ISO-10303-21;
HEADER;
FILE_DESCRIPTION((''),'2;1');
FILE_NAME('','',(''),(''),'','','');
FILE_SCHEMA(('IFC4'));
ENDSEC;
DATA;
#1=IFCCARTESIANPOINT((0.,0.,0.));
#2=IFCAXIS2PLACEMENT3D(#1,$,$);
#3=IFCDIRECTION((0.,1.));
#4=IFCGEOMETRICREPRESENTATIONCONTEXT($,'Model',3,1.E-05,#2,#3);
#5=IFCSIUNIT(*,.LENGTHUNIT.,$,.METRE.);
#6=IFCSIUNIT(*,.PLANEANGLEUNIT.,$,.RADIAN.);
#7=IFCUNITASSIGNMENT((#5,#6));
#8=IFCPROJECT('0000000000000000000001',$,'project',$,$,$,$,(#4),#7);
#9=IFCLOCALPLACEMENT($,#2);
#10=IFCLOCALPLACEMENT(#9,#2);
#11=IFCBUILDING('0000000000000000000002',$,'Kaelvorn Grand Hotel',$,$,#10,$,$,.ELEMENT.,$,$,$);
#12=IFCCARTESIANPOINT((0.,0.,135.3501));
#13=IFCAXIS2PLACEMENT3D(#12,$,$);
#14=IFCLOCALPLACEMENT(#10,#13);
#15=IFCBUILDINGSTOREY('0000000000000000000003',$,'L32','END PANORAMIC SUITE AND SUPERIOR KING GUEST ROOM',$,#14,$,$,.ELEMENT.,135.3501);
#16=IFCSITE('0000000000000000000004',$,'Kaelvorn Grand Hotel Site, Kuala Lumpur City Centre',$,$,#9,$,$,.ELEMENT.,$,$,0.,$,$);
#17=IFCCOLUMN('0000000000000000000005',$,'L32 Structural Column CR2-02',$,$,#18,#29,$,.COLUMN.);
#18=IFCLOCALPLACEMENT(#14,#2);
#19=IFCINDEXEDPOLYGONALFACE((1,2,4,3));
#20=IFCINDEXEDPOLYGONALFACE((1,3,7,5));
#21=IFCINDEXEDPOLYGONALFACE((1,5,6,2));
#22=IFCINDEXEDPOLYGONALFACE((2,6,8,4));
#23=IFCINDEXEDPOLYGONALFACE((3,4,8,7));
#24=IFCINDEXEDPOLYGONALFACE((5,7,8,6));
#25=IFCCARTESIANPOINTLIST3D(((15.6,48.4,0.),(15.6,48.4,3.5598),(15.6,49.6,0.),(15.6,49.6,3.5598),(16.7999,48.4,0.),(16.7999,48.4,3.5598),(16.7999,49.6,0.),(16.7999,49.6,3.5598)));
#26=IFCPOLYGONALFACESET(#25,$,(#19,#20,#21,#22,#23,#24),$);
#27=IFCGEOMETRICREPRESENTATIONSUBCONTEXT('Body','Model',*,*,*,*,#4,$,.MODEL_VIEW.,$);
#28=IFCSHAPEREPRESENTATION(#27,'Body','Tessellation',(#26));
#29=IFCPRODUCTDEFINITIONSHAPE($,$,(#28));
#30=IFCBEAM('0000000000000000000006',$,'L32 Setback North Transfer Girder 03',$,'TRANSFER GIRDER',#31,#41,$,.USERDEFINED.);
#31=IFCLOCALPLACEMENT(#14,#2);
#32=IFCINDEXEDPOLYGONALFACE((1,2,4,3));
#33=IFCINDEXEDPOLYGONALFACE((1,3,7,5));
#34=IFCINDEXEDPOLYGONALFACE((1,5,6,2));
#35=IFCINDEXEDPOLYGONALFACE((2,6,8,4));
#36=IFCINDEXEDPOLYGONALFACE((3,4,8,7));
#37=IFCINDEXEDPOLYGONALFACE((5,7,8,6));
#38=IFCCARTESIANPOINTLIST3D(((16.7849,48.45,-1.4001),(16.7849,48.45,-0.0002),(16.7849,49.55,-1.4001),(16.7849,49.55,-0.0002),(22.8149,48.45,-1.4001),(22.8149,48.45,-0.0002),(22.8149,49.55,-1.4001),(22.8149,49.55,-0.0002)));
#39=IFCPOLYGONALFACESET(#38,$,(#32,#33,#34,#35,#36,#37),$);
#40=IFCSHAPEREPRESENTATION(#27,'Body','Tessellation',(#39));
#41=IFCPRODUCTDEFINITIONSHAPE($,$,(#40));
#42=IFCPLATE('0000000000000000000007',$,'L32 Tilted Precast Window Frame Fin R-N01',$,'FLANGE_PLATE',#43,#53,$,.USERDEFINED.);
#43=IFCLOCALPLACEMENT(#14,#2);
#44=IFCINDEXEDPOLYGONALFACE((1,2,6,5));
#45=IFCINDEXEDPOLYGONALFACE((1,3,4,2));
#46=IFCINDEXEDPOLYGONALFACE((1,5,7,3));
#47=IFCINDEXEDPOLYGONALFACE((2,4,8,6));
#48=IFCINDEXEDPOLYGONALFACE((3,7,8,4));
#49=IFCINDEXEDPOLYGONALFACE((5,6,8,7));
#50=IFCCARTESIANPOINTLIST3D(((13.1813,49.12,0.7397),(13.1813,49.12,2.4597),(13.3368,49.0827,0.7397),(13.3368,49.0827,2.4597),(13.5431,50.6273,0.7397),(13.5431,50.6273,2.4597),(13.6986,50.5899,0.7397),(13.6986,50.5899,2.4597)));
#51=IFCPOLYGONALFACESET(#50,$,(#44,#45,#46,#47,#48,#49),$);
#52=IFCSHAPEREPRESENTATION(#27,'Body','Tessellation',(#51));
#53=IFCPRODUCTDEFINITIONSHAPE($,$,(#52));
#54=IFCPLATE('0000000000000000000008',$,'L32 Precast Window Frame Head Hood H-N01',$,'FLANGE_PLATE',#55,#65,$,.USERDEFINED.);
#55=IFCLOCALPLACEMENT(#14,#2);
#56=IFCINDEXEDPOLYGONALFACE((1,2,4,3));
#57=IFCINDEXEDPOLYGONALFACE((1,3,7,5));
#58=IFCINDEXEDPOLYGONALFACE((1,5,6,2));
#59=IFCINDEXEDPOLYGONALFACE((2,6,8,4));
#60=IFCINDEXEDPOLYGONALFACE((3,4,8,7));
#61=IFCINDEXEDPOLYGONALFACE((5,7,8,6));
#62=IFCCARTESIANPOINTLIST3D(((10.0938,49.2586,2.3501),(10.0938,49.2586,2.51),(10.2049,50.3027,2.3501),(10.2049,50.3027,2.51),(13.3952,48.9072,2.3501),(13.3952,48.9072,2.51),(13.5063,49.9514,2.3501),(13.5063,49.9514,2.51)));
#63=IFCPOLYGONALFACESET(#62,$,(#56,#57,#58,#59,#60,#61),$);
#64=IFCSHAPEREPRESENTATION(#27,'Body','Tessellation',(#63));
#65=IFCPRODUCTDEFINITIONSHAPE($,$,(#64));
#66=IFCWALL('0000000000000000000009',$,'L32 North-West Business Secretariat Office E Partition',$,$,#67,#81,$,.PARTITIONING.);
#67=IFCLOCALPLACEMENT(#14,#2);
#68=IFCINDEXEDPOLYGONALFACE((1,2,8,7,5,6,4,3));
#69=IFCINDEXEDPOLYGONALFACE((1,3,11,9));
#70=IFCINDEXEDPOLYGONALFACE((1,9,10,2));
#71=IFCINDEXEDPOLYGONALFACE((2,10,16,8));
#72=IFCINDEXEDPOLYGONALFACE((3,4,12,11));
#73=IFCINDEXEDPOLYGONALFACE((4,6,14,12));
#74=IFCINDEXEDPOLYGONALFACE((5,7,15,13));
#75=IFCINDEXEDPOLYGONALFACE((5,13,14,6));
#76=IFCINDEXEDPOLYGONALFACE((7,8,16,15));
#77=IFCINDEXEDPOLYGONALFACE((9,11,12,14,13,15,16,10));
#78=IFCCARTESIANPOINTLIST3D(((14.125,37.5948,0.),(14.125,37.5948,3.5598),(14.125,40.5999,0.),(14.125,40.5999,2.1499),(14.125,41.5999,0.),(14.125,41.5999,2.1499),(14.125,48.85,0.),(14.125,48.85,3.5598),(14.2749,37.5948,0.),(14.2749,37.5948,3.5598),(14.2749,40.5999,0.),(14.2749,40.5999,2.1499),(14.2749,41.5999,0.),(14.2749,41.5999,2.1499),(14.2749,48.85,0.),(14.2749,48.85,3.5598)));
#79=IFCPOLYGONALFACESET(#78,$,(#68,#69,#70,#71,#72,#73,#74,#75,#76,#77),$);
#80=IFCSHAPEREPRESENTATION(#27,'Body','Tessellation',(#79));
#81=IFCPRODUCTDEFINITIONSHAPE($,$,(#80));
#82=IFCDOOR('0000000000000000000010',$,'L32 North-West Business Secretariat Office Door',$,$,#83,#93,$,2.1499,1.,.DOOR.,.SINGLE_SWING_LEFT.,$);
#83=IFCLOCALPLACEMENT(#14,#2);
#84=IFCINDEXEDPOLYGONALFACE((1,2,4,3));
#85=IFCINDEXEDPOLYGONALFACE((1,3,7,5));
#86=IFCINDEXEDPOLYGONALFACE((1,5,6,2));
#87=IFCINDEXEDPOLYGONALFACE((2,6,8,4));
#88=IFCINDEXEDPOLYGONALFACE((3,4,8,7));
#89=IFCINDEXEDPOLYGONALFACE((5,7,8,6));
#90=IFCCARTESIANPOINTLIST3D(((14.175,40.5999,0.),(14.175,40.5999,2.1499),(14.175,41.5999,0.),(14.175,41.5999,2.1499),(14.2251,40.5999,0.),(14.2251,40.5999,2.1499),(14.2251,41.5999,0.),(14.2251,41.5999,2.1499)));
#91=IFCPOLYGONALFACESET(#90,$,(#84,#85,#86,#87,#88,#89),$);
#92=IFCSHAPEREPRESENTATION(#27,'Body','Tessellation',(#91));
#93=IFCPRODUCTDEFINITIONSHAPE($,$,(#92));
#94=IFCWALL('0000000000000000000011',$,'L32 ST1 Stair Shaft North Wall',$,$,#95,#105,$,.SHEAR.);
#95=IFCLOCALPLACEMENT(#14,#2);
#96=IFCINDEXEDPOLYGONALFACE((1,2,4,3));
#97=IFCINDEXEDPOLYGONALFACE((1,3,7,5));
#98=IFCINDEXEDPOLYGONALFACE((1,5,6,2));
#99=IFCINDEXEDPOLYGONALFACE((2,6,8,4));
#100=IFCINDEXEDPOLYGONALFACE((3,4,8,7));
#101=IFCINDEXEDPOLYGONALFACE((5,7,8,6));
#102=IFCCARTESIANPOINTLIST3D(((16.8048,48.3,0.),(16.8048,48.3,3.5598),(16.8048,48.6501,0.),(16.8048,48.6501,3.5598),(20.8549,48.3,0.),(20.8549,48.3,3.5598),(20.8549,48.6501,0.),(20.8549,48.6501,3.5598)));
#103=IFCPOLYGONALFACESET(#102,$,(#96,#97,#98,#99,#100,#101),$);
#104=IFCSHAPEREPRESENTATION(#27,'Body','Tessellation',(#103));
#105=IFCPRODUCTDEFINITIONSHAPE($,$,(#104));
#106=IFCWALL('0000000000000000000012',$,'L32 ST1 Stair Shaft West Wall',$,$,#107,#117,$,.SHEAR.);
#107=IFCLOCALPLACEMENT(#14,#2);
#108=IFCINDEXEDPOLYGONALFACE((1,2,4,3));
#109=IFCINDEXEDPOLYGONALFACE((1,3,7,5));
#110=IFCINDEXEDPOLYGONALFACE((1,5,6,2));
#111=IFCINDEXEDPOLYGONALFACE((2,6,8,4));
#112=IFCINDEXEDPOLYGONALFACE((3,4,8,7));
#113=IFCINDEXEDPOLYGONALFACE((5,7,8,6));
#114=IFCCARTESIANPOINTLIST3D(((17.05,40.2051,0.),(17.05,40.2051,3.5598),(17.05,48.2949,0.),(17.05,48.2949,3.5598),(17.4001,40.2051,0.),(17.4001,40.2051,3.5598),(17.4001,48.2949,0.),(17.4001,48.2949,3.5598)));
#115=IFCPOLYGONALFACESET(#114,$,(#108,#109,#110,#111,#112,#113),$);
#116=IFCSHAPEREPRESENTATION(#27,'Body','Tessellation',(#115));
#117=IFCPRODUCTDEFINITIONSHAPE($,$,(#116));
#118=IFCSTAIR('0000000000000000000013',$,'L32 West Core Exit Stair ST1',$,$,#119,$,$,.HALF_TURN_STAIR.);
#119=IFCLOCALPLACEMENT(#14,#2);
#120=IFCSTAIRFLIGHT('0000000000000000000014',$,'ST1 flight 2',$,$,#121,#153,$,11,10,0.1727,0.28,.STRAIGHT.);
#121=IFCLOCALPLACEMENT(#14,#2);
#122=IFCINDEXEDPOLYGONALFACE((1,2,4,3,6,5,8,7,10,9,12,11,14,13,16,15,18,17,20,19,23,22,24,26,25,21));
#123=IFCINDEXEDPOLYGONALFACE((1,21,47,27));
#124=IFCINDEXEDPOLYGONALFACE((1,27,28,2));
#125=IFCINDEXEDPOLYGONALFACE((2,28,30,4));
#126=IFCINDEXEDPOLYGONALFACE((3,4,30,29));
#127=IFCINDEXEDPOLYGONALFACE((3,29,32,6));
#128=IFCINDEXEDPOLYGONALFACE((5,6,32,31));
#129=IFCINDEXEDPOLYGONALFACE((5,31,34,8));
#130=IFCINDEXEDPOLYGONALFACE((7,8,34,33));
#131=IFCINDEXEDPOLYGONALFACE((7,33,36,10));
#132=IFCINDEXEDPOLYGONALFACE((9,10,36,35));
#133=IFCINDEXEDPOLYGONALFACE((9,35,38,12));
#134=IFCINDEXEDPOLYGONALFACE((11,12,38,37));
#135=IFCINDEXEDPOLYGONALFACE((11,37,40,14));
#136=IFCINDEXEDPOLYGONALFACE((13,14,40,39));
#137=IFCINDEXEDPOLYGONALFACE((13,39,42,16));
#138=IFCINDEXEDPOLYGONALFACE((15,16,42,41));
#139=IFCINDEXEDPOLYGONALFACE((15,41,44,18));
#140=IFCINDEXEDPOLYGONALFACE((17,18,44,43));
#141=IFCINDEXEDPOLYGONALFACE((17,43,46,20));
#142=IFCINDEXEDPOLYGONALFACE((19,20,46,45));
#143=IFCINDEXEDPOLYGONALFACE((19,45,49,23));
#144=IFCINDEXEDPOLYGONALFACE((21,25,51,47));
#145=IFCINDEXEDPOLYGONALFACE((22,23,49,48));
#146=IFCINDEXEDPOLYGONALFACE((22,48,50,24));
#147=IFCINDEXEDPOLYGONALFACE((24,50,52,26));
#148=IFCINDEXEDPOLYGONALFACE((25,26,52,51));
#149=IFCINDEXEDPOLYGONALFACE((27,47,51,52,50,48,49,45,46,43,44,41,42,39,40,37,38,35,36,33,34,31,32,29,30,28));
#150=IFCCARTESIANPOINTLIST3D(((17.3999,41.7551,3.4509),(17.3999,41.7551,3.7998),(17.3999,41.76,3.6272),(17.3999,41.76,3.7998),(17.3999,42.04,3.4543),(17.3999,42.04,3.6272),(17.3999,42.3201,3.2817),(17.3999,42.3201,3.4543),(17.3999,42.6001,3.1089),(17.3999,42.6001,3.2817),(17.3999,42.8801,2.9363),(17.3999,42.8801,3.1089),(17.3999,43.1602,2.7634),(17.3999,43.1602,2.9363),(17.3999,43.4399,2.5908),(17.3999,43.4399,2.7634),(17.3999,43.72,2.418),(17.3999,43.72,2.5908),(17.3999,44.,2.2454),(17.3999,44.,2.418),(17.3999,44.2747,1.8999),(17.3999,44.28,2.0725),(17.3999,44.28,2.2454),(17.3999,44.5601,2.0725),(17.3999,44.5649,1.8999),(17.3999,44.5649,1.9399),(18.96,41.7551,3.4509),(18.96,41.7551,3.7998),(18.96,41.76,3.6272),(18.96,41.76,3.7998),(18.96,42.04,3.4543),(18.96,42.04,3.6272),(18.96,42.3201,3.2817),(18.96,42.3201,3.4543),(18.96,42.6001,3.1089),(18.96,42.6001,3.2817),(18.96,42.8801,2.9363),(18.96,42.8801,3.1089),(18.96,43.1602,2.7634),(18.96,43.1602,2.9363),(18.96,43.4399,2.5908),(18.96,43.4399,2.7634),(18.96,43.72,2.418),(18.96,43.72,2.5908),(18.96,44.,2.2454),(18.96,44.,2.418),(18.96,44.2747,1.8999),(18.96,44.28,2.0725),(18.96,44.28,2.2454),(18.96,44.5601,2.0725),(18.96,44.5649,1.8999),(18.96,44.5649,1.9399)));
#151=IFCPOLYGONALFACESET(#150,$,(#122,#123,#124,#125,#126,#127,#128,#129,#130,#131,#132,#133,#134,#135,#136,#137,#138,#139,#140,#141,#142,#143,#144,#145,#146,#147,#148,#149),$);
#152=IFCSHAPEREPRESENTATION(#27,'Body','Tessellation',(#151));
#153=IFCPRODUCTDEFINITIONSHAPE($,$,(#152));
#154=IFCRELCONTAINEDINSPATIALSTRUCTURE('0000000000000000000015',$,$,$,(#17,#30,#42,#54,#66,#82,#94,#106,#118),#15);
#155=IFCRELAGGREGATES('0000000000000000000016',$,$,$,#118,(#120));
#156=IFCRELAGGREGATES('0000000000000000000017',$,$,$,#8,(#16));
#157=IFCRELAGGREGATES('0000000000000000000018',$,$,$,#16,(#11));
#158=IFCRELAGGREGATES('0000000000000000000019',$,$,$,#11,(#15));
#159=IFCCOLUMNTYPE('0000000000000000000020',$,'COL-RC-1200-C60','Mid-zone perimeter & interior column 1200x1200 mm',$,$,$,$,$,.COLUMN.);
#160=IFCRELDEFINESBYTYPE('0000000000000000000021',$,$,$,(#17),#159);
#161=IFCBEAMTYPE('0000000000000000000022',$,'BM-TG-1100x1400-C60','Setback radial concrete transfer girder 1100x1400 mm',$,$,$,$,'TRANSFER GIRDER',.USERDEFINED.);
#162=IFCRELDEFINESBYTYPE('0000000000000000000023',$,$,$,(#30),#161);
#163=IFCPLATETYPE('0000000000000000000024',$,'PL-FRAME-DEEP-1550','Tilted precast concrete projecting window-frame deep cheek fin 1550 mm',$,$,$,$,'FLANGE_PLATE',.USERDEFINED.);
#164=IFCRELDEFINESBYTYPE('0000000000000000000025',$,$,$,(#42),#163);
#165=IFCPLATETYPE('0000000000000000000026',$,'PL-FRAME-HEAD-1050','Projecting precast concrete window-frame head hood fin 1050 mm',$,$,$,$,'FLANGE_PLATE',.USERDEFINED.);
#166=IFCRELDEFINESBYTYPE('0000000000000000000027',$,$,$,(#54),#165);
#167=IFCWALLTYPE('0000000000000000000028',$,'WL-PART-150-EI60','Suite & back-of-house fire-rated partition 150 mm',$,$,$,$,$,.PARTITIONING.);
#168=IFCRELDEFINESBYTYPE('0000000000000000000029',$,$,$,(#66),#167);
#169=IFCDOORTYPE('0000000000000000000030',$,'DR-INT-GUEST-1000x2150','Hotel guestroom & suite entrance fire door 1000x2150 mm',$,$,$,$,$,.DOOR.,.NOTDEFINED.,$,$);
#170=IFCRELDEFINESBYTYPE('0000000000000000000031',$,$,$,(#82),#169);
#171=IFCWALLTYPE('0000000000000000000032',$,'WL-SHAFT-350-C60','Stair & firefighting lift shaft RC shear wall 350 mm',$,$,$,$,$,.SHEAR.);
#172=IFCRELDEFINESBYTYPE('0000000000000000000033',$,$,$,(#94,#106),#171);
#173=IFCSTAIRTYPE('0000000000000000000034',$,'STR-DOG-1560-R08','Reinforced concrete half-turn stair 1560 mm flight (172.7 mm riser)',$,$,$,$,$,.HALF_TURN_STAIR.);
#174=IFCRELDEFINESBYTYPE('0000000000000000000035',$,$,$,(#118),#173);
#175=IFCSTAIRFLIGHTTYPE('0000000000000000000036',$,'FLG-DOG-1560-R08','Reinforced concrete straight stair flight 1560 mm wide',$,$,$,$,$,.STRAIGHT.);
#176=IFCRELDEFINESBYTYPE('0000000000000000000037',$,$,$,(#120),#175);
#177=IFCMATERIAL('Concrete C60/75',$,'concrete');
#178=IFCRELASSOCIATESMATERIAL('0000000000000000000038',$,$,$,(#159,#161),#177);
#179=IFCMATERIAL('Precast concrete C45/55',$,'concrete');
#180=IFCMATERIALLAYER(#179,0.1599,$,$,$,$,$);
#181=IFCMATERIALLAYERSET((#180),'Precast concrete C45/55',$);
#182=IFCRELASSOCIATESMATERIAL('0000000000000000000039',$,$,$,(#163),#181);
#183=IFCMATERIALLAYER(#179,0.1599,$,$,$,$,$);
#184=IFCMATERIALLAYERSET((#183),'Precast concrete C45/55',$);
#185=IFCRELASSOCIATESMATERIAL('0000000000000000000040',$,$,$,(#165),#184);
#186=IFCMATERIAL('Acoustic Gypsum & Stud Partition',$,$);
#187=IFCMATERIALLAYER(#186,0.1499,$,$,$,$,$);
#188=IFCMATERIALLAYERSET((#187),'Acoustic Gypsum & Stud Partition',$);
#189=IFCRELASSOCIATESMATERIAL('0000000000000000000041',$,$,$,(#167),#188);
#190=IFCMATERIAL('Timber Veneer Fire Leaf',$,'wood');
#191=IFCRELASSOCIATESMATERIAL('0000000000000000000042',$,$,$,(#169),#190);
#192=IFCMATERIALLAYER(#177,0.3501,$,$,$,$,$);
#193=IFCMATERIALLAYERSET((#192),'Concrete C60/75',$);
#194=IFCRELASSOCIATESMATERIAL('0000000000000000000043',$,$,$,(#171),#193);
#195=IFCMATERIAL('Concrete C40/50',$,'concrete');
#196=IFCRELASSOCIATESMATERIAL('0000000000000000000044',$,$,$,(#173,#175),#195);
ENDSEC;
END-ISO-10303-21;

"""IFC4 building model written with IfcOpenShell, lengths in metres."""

from ifc_helpers import new_model, si_unit, direction, frame, frame_2d, origin, origin_2d, place, context, subcontext, project, spatial, polyline, rectangle, outline, extrude, material, layer, layer_set, material_profile, profile_set, type_object, element, fill, aggregate, save


model = new_model("IFC4")

# Units and contexts
model_context = context("Model", 3, precision=1e-05, world=origin(), true_north=direction((0.0, 1.0)))
body_context = subcontext(model_context, "Body", "Model", "MODEL_VIEW")
ifc_project = project(units=[si_unit("LENGTHUNIT", "METRE"), si_unit("PLANEANGLEUNIT", "RADIAN")], contexts=[model_context])

# Site, building, storey
site_placement = place(None, origin())
site = spatial("IfcSite", under=ifc_project, at=site_placement, Name="Kaelvorn Grand Hotel Site, Kuala Lumpur City Centre", CompositionType="ELEMENT", RefElevation=0.0)
building_placement = place(site_placement, origin())
building = spatial("IfcBuilding", under=site, at=building_placement, Name="Kaelvorn Grand Hotel", CompositionType="ELEMENT")
storey_placement = place(building_placement, frame((0.0, 0.0, 135.3501)))
storey = spatial("IfcBuildingStorey", under=building, at=storey_placement, Name="L32", Description="END PANORAMIC SUITE AND SUPERIOR KING GUEST ROOM", CompositionType="ELEMENT", Elevation=135.3501)

# Column
ifc_material_1 = material(Name="Concrete C60/75", Category="concrete")
ifc_material_profile_1 = material_profile(ifc_material_1, rectangle(XDim=1.2, YDim=1.2, at=origin_2d()), Name="RC COL 1200x1200")
ifc_profile_set_1 = profile_set([ifc_material_profile_1], Name="Concrete C60/75")
column_type = type_object("IfcColumnType", Name="COL-RC-1200-C60", Description="Mid-zone perimeter & interior column 1200x1200 mm", PredefinedType="COLUMN", material=ifc_profile_set_1)
column_placement = place(storey_placement, frame((16.2, 49.0, 0.0), z_axis=(0.0, 0.0, 1.0), x_axis=(1.0, 0.0, 0.0)))
element("IfcColumn", 1, at=column_placement, inside=storey, type_object=column_type, Name="L32 Structural Column CR2-02", PredefinedType="COLUMN", context=body_context, shape_type="SweptSolid", body=[
    extrude(rectangle(XDim=1.2, YDim=1.2, at=origin_2d()), origin(), (0.0, 0.0, 1.0), 3.5598),
])

# Beam
ifc_material_profile_2 = material_profile(ifc_material_1, rectangle(XDim=1.1001, YDim=1.3999, at=origin_2d()), Name="RC TG 1100x1400")
ifc_profile_set_2 = profile_set([ifc_material_profile_2], Name="Concrete C60/75")
beam_type = type_object("IfcBeamType", Name="BM-TG-1100x1400-C60", Description="Setback radial concrete transfer girder 1100x1400 mm", ElementType="TRANSFER GIRDER", PredefinedType="USERDEFINED", material=ifc_profile_set_2)
beam_placement = place(storey_placement, frame((16.7849, 49.0, -0.7002), z_axis=(1.0, 0.0, 0.0), x_axis=(0.0, 1.0, 0.0)))
element("IfcBeam", 2, at=beam_placement, inside=storey, type_object=beam_type, Name="L32 Setback North Transfer Girder 03", ObjectType="TRANSFER GIRDER", PredefinedType="USERDEFINED", context=body_context, shape_type="SweptSolid", body=[
    extrude(rectangle(XDim=1.1001, YDim=1.3999, at=origin_2d()), origin(), (0.0, 0.0, 1.0), 6.03),
])

# Plates
ifc_material_2 = material(Name="Precast concrete C45/55", Category="concrete")
ifc_layer_1 = layer(ifc_material_2, 0.1599)
ifc_layer_set_1 = layer_set([ifc_layer_1], Name="Precast concrete C45/55")
plate_type_1 = type_object("IfcPlateType", Name="PL-FRAME-DEEP-1550", Description="Tilted precast concrete projecting window-frame deep cheek fin 1550 mm", ElementType="FLANGE_PLATE", PredefinedType="USERDEFINED", material=ifc_layer_set_1)
plate_1_placement = place(storey_placement, frame((13.4399, 49.855, 0.7397), z_axis=(0.0, 0.0, 1.0), x_axis=(0.97237, -0.233445, 0.0)))
element("IfcPlate", 3, at=plate_1_placement, inside=storey, type_object=plate_type_1, Name="L32 Tilted Precast Window Frame Fin R-N01", ObjectType="FLANGE_PLATE", PredefinedType="USERDEFINED", context=body_context, shape_type="SweptSolid", body=[
    extrude(rectangle(XDim=0.1599, YDim=1.55, at=origin_2d()), origin(), (0.0, 0.0, 1.0), 1.72),
])
ifc_layer_2 = layer(ifc_material_2, 0.1599)
ifc_layer_set_2 = layer_set([ifc_layer_2], Name="Precast concrete C45/55")
plate_type_2 = type_object("IfcPlateType", Name="PL-FRAME-HEAD-1050", Description="Projecting precast concrete window-frame head hood fin 1050 mm", ElementType="FLANGE_PLATE", PredefinedType="USERDEFINED", material=ifc_layer_set_2)
plate_2_placement = place(storey_placement, frame((11.8, 49.605, 2.3501), z_axis=(0.0, 0.0, 1.0), x_axis=(0.994384, -0.10583, 0.0)))
element("IfcPlate", 4, at=plate_2_placement, inside=storey, type_object=plate_type_2, Name="L32 Precast Window Frame Head Hood H-N01", ObjectType="FLANGE_PLATE", PredefinedType="USERDEFINED", context=body_context, shape_type="SweptSolid", body=[
    extrude(rectangle(XDim=3.3201, YDim=1.05, at=origin_2d()), origin(), (0.0, 0.0, 1.0), 0.1599),
])

# Wall, opening, door
ifc_material_3 = material(Name="Acoustic Gypsum & Stud Partition")
ifc_layer_3 = layer(ifc_material_3, 0.1499)
ifc_layer_set_3 = layer_set([ifc_layer_3], Name="Acoustic Gypsum & Stud Partition")
wall_type_1 = type_object("IfcWallType", Name="WL-PART-150-EI60", Description="Suite & back-of-house fire-rated partition 150 mm", PredefinedType="PARTITIONING", material=ifc_layer_set_3)
wall_1_placement = place(storey_placement, frame((14.2, 37.595, 0.0), z_axis=(0.0, 0.0, 1.0), x_axis=(0.0, 1.0, 0.0)))
wall_1 = element("IfcWall", 5, at=wall_1_placement, inside=storey, type_object=wall_type_1, Name="L32 North-West Business Secretariat Office E Partition", PredefinedType="PARTITIONING", context=body_context, shape_type="SweptSolid", body=[
    extrude(rectangle(XDim=11.2551, YDim=0.1499, at=frame_2d((5.6274, 0.0))), origin(), (0.0, 0.0, 1.0), 3.5598),
])
opening_1_placement = place(wall_1_placement, frame((3.0049, 0.0, 0.0)))
opening_1 = element("IfcOpeningElement", 6, at=opening_1_placement, cuts=wall_1, PredefinedType="OPENING", context=body_context, shape_type="SweptSolid", body=[
    extrude(rectangle(XDim=1.0, YDim=2.1499, at=frame_2d((0.5, 1.075))), frame((0.0, 0.085, 0.0), z_axis=(0.0, -1.0, 0.0), x_axis=(1.0, 0.0, 0.0)), (0.0, 0.0, 1.0), 0.1699),
])
ifc_material_4 = material(Name="Timber Veneer Fire Leaf", Category="wood")
door_type_1 = type_object("IfcDoorType", Name="DR-INT-GUEST-1000x2150", Description="Hotel guestroom & suite entrance fire door 1000x2150 mm", OperationType="NOTDEFINED", PredefinedType="DOOR", material=ifc_material_4)
door_1_placement = place(opening_1_placement, origin())
door_1 = element("IfcDoor", 7, at=door_1_placement, inside=storey, type_object=door_type_1, Name="L32 North-West Business Secretariat Office Door", OperationType="SINGLE_SWING_LEFT", OverallHeight=2.1499, OverallWidth=1.0, PredefinedType="DOOR", context=body_context, shape_type="SweptSolid", body=[
    extrude(rectangle(XDim=1.0, YDim=2.1499, at=frame_2d((0.5, 1.075))), frame((0.0, 0.0249, 0.0), z_axis=(0.0, -1.0, 0.0), x_axis=(1.0, 0.0, 0.0)), (0.0, 0.0, 1.0), 0.05),
])
fill(opening_1, door_1)
ifc_layer_4 = layer(ifc_material_1, 0.3501)
ifc_layer_set_4 = layer_set([ifc_layer_4], Name="Concrete C60/75")
wall_type_2 = type_object("IfcWallType", Name="WL-SHAFT-350-C60", Description="Stair & firefighting lift shaft RC shear wall 350 mm", PredefinedType="SHEAR", material=ifc_layer_set_4)

# Walls
wall_2_placement = place(storey_placement, frame((16.8049, 48.4751, 0.0), z_axis=(0.0, 0.0, 1.0), x_axis=(1.0, 0.0, 0.0)))
element("IfcWall", 8, at=wall_2_placement, inside=storey, type_object=wall_type_2, Name="L32 ST1 Stair Shaft North Wall", PredefinedType="SHEAR", context=body_context, shape_type="SweptSolid", body=[
    extrude(rectangle(XDim=4.05, YDim=0.3501, at=frame_2d((2.0249, 0.0))), origin(), (0.0, 0.0, 1.0), 3.5598),
])
wall_3_placement = place(storey_placement, frame((17.2251, 40.2051, 0.0), z_axis=(0.0, 0.0, 1.0), x_axis=(0.0, 1.0, 0.0)))
element("IfcWall", 9, at=wall_3_placement, inside=storey, type_object=wall_type_2, Name="L32 ST1 Stair Shaft West Wall", PredefinedType="SHEAR", context=body_context, shape_type="SweptSolid", body=[
    extrude(rectangle(XDim=8.0898, YDim=0.3501, at=frame_2d((4.0449, 0.0))), origin(), (0.0, 0.0, 1.0), 3.5598),
])

# Stair, stair flight
ifc_material_5 = material(Name="Concrete C40/50", Category="concrete")
stair_type = type_object("IfcStairType", Name="STR-DOG-1560-R08", Description="Reinforced concrete half-turn stair 1560 mm flight (172.7 mm riser)", PredefinedType="HALF_TURN_STAIR", material=ifc_material_5)
stair_placement = place(storey_placement, origin())
stair = element("IfcStair", 10, at=stair_placement, inside=storey, type_object=stair_type, Name="L32 West Core Exit Stair ST1", PredefinedType="HALF_TURN_STAIR")
stair_flight_type = type_object("IfcStairFlightType", Name="FLG-DOG-1560-R08", Description="Reinforced concrete straight stair flight 1560 mm wide", PredefinedType="STRAIGHT", material=ifc_material_5)
stair_flight_placement = place(storey_placement, frame((18.1799, 44.5601, 1.8999), z_axis=(0.0, 0.0, 1.0), x_axis=(0.0, -1.0, 0.0)))
stair_flight = element("IfcStairFlight", 11, at=stair_flight_placement, type_object=stair_flight_type, Name="ST1 flight 2", NumberOfRisers=11, NumberOfTreads=10, PredefinedType="STRAIGHT", RiserHeight=0.1727, TreadLength=0.28, context=body_context, shape_type="SweptSolid", body=[
    extrude(outline(polyline([(-0.0049, 0.0), (-0.0049, 0.04), (0.0, 0.1726), (0.28, 0.1726), (0.28, 0.3455), (0.5601, 0.3455), (0.5601, 0.5181), (0.8401, 0.5181), (0.8401, 0.6909), (1.1201, 0.6909), (1.1201, 0.8635), (1.3999, 0.8635), (1.3999, 1.0364), (1.6799, 1.0364), (1.6799, 1.209), (1.96, 1.209), (1.96, 1.3818), (2.24, 1.3818), (2.24, 1.5544), (2.52, 1.5544), (2.52, 1.7273), (2.8, 1.7273), (2.8, 1.8999), (2.8049, 1.8999), (2.8049, 1.551), (0.2854, 0.0), (-0.0049, 0.0)])), frame((0.0, 0.78, 0.0), z_axis=(0.0, -1.0, 0.0), x_axis=(1.0, 0.0, 0.0)), (0.0, 0.0, 1.0), 1.5601),
])
aggregate(stair, [stair_flight])

save(model, "model.ifc")
